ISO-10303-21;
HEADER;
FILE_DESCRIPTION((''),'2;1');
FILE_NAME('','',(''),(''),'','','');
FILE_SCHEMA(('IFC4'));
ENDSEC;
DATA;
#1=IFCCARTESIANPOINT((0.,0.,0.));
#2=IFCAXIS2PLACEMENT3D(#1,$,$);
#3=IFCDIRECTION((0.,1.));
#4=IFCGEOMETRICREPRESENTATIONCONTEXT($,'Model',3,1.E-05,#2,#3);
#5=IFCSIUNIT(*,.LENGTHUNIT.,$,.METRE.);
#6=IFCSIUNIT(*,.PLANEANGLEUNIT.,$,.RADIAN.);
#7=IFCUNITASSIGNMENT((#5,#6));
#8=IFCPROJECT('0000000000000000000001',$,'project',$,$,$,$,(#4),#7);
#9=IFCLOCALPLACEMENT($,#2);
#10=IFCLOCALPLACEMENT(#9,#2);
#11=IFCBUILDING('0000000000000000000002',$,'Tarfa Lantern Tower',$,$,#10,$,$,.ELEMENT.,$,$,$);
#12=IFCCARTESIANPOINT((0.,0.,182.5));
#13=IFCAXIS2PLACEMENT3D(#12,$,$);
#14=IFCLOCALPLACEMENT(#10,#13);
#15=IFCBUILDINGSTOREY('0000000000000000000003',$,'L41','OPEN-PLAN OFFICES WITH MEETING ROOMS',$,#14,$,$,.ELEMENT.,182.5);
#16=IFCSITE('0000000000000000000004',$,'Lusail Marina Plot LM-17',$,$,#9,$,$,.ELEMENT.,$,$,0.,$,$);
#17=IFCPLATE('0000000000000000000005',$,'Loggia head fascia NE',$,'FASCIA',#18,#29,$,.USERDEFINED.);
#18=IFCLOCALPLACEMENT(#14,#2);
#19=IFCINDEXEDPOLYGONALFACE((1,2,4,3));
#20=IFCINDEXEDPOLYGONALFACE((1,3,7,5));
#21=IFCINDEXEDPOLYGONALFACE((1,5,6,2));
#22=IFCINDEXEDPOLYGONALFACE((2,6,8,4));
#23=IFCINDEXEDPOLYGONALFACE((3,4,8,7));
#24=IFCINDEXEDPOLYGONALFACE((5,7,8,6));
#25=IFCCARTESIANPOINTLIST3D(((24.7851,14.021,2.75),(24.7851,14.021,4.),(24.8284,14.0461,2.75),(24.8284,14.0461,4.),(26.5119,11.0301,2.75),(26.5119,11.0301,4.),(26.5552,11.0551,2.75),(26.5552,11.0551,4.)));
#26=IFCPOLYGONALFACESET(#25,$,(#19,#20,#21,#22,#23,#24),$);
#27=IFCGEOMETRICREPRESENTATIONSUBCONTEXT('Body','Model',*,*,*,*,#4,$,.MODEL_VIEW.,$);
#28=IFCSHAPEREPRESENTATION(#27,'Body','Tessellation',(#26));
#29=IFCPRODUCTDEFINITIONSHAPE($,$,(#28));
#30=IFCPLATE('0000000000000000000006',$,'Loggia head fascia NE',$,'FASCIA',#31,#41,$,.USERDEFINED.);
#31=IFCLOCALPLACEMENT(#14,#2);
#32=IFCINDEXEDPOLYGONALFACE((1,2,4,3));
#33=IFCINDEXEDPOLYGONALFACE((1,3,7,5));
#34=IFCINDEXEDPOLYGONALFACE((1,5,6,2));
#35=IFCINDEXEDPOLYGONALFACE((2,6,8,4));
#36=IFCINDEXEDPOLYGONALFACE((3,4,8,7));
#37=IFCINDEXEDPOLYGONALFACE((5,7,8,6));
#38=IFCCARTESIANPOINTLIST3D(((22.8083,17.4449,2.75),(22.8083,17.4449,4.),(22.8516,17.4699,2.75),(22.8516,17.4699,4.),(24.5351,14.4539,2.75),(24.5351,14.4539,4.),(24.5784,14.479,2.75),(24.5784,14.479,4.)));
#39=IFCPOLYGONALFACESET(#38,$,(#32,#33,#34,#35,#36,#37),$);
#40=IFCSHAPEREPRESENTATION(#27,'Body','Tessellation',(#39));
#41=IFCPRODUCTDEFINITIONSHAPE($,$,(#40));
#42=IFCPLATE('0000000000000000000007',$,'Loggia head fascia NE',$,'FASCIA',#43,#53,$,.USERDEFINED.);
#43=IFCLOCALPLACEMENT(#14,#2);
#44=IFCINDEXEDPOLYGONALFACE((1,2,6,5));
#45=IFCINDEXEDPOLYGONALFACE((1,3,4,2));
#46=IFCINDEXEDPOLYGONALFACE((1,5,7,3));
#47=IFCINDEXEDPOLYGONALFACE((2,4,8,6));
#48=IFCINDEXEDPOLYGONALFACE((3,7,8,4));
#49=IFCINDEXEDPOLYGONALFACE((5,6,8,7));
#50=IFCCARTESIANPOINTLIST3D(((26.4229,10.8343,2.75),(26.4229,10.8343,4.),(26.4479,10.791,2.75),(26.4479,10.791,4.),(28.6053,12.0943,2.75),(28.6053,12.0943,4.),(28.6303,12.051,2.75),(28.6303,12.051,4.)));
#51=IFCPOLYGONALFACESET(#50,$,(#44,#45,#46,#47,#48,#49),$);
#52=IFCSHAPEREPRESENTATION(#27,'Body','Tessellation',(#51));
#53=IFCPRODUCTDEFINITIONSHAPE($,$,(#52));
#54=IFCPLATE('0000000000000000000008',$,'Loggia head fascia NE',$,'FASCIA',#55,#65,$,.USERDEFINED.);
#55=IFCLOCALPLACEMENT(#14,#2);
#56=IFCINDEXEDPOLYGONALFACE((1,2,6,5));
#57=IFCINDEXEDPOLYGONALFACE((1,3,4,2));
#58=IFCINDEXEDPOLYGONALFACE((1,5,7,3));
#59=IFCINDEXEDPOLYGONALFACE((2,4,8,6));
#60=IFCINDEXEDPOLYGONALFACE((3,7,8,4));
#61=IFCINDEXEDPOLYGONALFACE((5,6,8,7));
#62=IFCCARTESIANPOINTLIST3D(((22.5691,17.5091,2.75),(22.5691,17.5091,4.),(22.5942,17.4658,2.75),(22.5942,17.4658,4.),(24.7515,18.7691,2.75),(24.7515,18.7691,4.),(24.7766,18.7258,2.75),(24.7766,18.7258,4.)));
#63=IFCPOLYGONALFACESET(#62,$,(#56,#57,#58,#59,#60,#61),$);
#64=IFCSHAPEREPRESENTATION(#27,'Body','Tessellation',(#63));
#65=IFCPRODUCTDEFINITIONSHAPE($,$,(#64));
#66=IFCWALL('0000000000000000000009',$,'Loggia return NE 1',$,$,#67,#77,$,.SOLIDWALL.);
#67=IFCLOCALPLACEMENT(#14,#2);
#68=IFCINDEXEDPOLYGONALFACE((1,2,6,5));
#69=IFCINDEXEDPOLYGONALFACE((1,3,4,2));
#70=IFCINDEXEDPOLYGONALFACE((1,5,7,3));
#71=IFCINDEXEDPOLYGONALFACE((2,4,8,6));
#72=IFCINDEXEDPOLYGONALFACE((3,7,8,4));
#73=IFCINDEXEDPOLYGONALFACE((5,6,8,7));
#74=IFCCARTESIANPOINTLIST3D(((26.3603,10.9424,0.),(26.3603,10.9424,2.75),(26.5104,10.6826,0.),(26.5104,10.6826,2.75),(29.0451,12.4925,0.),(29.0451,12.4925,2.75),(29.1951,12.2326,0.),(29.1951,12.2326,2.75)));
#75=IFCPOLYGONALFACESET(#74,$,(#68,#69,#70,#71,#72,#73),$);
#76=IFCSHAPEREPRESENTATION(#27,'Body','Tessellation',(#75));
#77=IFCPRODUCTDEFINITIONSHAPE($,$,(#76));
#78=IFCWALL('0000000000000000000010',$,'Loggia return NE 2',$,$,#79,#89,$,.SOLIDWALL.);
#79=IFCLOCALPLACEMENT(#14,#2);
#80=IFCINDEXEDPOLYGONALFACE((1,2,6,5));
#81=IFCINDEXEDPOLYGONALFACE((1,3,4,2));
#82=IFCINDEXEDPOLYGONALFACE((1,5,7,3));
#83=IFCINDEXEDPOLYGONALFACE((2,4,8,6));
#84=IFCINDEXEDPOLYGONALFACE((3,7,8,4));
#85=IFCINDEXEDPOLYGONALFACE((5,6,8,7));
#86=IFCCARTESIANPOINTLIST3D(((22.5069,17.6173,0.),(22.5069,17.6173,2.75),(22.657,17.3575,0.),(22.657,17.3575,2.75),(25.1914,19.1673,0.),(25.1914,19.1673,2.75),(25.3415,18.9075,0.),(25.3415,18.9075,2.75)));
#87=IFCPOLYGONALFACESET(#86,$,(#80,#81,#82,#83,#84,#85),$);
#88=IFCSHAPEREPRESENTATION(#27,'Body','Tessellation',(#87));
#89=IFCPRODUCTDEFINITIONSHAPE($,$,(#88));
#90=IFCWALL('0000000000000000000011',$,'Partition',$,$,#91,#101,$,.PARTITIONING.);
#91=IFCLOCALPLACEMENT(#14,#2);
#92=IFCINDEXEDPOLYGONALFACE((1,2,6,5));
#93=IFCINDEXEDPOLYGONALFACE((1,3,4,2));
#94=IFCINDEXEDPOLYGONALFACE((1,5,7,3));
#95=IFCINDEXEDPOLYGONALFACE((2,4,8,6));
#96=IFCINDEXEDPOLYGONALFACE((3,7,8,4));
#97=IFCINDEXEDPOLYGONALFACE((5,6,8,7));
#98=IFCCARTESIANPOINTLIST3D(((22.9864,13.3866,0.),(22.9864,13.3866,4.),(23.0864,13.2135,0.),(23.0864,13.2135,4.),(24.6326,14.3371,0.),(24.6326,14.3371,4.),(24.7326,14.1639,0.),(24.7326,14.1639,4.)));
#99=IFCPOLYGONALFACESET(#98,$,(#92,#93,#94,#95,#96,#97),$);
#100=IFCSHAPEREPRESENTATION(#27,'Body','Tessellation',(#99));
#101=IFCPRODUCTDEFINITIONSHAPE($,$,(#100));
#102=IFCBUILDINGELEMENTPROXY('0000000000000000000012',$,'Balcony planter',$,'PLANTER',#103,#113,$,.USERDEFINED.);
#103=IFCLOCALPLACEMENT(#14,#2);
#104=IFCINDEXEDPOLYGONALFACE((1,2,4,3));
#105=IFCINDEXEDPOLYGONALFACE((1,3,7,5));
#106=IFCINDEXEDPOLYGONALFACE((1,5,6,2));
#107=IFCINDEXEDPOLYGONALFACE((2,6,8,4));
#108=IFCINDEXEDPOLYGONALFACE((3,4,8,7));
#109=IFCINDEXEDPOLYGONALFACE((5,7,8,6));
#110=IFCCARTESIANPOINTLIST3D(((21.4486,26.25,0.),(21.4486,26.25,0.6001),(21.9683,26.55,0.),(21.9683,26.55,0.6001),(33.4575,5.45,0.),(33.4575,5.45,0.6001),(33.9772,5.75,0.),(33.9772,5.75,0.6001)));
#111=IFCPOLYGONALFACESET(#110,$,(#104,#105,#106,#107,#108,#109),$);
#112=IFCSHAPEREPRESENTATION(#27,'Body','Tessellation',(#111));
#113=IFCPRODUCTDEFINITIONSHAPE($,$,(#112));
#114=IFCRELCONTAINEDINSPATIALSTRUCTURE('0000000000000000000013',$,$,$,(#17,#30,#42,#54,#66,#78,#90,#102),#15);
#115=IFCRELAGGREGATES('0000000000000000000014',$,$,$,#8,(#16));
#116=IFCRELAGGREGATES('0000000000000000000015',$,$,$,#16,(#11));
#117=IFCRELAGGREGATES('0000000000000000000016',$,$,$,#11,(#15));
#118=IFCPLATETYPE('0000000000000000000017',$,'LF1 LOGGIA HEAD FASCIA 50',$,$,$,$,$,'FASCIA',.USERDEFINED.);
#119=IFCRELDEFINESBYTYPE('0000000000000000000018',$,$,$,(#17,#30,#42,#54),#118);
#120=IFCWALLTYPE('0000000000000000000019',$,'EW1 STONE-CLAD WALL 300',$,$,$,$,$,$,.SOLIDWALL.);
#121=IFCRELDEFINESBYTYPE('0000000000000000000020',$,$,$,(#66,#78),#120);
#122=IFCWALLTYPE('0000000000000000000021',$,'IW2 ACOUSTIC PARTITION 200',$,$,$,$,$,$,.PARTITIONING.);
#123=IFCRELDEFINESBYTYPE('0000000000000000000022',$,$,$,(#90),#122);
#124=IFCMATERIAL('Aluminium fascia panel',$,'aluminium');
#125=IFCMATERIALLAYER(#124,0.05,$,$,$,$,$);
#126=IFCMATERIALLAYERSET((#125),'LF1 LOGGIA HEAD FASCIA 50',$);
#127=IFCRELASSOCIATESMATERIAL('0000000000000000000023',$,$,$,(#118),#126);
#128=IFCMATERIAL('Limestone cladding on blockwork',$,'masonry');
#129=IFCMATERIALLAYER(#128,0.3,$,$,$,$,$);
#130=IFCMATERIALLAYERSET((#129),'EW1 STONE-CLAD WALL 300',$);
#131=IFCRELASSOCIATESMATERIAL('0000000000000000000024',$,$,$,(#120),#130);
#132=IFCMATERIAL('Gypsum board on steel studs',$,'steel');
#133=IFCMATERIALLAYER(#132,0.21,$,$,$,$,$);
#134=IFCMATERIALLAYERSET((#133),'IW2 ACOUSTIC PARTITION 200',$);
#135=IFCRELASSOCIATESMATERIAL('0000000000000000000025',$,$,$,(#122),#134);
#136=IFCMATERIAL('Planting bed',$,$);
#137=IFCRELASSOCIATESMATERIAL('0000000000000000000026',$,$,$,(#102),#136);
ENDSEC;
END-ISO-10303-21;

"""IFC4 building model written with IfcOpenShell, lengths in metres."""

from ifc_helpers import new_model, si_unit, direction, frame, frame_2d, origin, origin_2d, place, context, subcontext, project, spatial, rectangle, extrude, material, layer, layer_set, type_object, element, save


model = new_model("IFC4")

# Units and contexts
model_context = context("Model", 3, precision=1e-05, world=origin(), true_north=direction((0.0, 1.0)))
body_context = subcontext(model_context, "Body", "Model", "MODEL_VIEW")
ifc_project = project(units=[si_unit("LENGTHUNIT", "METRE"), si_unit("PLANEANGLEUNIT", "RADIAN")], contexts=[model_context])

# Site, building, storey
site_placement = place(None, origin())
site = spatial("IfcSite", under=ifc_project, at=site_placement, Name="Lusail Marina Plot LM-17", CompositionType="ELEMENT", RefElevation=0.0)
building_placement = place(site_placement, origin())
building = spatial("IfcBuilding", under=site, at=building_placement, Name="Tarfa Lantern Tower", CompositionType="ELEMENT")
storey_placement = place(building_placement, frame((0.0, 0.0, 182.5)))
storey = spatial("IfcBuildingStorey", under=building, at=storey_placement, Name="L41", Description="OPEN-PLAN OFFICES WITH MEETING ROOMS", CompositionType="ELEMENT", Elevation=182.5)

# Plates
ifc_material_1 = material(Name="Aluminium fascia panel", Category="aluminium")
ifc_layer_1 = layer(ifc_material_1, 0.05)
ifc_layer_set_1 = layer_set([ifc_layer_1], Name="LF1 LOGGIA HEAD FASCIA 50")
plate_type_1 = type_object("IfcPlateType", Name="LF1 LOGGIA HEAD FASCIA 50", ElementType="FASCIA", PredefinedType="USERDEFINED", material=ifc_layer_set_1)
for number, where, z_axis, x_axis, name in (
    (1, (25.6702, 12.5381, 2.75), (0.0, 0.0, 1.0), (-0.5, 0.866025, 0.0), "Loggia head fascia NE"),
    (2, (23.6934, 15.9619, 2.75), (0.0, 0.0, 1.0), (-0.5, 0.866025, 0.0), "Loggia head fascia NE"),
):
    element("IfcPlate", number, at=place(storey_placement, frame(where, z_axis=z_axis, x_axis=x_axis)), inside=storey, type_object=plate_type_1, Name=name, ObjectType="FASCIA", PredefinedType="USERDEFINED", context=body_context, shape_type="SweptSolid", body=[
        extrude(rectangle(XDim=3.4536, YDim=0.05, at=origin_2d()), origin(), (0.0, 0.0, 1.0), 1.25),
    ])
for number, where, z_axis, x_axis, name in (
    (3, (27.5266, 11.4426, 2.75), (0.0, 0.0, 1.0), (-0.866025, -0.5, 0.0), "Loggia head fascia NE"),
    (4, (23.6729, 18.1174, 2.75), (0.0, 0.0, 1.0), (-0.866025, -0.5, 0.0), "Loggia head fascia NE"),
):
    element("IfcPlate", number, at=place(storey_placement, frame(where, z_axis=z_axis, x_axis=x_axis)), inside=storey, type_object=plate_type_1, Name=name, ObjectType="FASCIA", PredefinedType="USERDEFINED", context=body_context, shape_type="SweptSolid", body=[
        extrude(rectangle(XDim=2.52, YDim=0.05, at=origin_2d()), origin(), (0.0, 0.0, 1.0), 1.25),
    ])

# Walls
ifc_material_2 = material(Name="Limestone cladding on blockwork", Category="masonry")
ifc_layer_2 = layer(ifc_material_2, 0.3)
ifc_layer_set_2 = layer_set([ifc_layer_2], Name="EW1 STONE-CLAD WALL 300")
wall_type_1 = type_object("IfcWallType", Name="EW1 STONE-CLAD WALL 300", PredefinedType="SOLIDWALL", material=ifc_layer_set_2)
wall_1_placement = place(storey_placement, frame((29.1201, 12.3625, 0.0), z_axis=(0.0, 0.0, 1.0), x_axis=(-0.86603, -0.499993, 0.0)))
element("IfcWall", 5, at=wall_1_placement, inside=storey, type_object=wall_type_1, Name="Loggia return NE 1", PredefinedType="SOLIDWALL", context=body_context, shape_type="SweptSolid", body=[
    extrude(rectangle(XDim=3.1001, YDim=0.3, at=frame_2d((1.55, 0.0))), origin(), (0.0, 0.0, 1.0), 2.75),
])
wall_2_placement = place(storey_placement, frame((25.2664, 19.0374, 0.0), z_axis=(0.0, 0.0, 1.0), x_axis=(-0.86601, -0.500027, 0.0)))
element("IfcWall", 6, at=wall_2_placement, inside=storey, type_object=wall_type_1, Name="Loggia return NE 2", PredefinedType="SOLIDWALL", context=body_context, shape_type="SweptSolid", body=[
    extrude(rectangle(XDim=3.0999, YDim=0.3, at=frame_2d((1.5498, 0.0))), origin(), (0.0, 0.0, 1.0), 2.75),
])
ifc_material_3 = material(Name="Gypsum board on steel studs", Category="steel")
ifc_layer_3 = layer(ifc_material_3, 0.21)
ifc_layer_set_3 = layer_set([ifc_layer_3], Name="IW2 ACOUSTIC PARTITION 200")
wall_type_2 = type_object("IfcWallType", Name="IW2 ACOUSTIC PARTITION 200", PredefinedType="PARTITIONING", material=ifc_layer_set_3)
wall_3_placement = place(storey_placement, frame((23.0364, 13.3, 0.0), z_axis=(0.0, 0.0, 1.0), x_axis=(0.866029, 0.499993, 0.0)))
element("IfcWall", 7, at=wall_3_placement, inside=storey, type_object=wall_type_2, Name="Partition", PredefinedType="PARTITIONING", context=body_context, shape_type="SweptSolid", body=[
    extrude(rectangle(XDim=1.9009, YDim=0.2, at=frame_2d((0.9504, 0.0))), origin(), (0.0, 0.0, 1.0), 4.0),
])

# Building element proxy
ifc_material_4 = material(Name="Planting bed")
proxy_placement = place(storey_placement, frame((27.7129, 16.0, 0.0), z_axis=(0.0, 0.0, 1.0), x_axis=(-0.5, 0.866025, 0.0)))
element("IfcBuildingElementProxy", 8, at=proxy_placement, inside=storey, material=ifc_material_4, Name="Balcony planter", ObjectType="PLANTER", PredefinedType="USERDEFINED", context=body_context, shape_type="SweptSolid", body=[
    extrude(rectangle(XDim=24.0178, YDim=0.6001, at=origin_2d()), origin(), (0.0, 0.0, 1.0), 0.6001),
])

save(model, "model.ifc")
